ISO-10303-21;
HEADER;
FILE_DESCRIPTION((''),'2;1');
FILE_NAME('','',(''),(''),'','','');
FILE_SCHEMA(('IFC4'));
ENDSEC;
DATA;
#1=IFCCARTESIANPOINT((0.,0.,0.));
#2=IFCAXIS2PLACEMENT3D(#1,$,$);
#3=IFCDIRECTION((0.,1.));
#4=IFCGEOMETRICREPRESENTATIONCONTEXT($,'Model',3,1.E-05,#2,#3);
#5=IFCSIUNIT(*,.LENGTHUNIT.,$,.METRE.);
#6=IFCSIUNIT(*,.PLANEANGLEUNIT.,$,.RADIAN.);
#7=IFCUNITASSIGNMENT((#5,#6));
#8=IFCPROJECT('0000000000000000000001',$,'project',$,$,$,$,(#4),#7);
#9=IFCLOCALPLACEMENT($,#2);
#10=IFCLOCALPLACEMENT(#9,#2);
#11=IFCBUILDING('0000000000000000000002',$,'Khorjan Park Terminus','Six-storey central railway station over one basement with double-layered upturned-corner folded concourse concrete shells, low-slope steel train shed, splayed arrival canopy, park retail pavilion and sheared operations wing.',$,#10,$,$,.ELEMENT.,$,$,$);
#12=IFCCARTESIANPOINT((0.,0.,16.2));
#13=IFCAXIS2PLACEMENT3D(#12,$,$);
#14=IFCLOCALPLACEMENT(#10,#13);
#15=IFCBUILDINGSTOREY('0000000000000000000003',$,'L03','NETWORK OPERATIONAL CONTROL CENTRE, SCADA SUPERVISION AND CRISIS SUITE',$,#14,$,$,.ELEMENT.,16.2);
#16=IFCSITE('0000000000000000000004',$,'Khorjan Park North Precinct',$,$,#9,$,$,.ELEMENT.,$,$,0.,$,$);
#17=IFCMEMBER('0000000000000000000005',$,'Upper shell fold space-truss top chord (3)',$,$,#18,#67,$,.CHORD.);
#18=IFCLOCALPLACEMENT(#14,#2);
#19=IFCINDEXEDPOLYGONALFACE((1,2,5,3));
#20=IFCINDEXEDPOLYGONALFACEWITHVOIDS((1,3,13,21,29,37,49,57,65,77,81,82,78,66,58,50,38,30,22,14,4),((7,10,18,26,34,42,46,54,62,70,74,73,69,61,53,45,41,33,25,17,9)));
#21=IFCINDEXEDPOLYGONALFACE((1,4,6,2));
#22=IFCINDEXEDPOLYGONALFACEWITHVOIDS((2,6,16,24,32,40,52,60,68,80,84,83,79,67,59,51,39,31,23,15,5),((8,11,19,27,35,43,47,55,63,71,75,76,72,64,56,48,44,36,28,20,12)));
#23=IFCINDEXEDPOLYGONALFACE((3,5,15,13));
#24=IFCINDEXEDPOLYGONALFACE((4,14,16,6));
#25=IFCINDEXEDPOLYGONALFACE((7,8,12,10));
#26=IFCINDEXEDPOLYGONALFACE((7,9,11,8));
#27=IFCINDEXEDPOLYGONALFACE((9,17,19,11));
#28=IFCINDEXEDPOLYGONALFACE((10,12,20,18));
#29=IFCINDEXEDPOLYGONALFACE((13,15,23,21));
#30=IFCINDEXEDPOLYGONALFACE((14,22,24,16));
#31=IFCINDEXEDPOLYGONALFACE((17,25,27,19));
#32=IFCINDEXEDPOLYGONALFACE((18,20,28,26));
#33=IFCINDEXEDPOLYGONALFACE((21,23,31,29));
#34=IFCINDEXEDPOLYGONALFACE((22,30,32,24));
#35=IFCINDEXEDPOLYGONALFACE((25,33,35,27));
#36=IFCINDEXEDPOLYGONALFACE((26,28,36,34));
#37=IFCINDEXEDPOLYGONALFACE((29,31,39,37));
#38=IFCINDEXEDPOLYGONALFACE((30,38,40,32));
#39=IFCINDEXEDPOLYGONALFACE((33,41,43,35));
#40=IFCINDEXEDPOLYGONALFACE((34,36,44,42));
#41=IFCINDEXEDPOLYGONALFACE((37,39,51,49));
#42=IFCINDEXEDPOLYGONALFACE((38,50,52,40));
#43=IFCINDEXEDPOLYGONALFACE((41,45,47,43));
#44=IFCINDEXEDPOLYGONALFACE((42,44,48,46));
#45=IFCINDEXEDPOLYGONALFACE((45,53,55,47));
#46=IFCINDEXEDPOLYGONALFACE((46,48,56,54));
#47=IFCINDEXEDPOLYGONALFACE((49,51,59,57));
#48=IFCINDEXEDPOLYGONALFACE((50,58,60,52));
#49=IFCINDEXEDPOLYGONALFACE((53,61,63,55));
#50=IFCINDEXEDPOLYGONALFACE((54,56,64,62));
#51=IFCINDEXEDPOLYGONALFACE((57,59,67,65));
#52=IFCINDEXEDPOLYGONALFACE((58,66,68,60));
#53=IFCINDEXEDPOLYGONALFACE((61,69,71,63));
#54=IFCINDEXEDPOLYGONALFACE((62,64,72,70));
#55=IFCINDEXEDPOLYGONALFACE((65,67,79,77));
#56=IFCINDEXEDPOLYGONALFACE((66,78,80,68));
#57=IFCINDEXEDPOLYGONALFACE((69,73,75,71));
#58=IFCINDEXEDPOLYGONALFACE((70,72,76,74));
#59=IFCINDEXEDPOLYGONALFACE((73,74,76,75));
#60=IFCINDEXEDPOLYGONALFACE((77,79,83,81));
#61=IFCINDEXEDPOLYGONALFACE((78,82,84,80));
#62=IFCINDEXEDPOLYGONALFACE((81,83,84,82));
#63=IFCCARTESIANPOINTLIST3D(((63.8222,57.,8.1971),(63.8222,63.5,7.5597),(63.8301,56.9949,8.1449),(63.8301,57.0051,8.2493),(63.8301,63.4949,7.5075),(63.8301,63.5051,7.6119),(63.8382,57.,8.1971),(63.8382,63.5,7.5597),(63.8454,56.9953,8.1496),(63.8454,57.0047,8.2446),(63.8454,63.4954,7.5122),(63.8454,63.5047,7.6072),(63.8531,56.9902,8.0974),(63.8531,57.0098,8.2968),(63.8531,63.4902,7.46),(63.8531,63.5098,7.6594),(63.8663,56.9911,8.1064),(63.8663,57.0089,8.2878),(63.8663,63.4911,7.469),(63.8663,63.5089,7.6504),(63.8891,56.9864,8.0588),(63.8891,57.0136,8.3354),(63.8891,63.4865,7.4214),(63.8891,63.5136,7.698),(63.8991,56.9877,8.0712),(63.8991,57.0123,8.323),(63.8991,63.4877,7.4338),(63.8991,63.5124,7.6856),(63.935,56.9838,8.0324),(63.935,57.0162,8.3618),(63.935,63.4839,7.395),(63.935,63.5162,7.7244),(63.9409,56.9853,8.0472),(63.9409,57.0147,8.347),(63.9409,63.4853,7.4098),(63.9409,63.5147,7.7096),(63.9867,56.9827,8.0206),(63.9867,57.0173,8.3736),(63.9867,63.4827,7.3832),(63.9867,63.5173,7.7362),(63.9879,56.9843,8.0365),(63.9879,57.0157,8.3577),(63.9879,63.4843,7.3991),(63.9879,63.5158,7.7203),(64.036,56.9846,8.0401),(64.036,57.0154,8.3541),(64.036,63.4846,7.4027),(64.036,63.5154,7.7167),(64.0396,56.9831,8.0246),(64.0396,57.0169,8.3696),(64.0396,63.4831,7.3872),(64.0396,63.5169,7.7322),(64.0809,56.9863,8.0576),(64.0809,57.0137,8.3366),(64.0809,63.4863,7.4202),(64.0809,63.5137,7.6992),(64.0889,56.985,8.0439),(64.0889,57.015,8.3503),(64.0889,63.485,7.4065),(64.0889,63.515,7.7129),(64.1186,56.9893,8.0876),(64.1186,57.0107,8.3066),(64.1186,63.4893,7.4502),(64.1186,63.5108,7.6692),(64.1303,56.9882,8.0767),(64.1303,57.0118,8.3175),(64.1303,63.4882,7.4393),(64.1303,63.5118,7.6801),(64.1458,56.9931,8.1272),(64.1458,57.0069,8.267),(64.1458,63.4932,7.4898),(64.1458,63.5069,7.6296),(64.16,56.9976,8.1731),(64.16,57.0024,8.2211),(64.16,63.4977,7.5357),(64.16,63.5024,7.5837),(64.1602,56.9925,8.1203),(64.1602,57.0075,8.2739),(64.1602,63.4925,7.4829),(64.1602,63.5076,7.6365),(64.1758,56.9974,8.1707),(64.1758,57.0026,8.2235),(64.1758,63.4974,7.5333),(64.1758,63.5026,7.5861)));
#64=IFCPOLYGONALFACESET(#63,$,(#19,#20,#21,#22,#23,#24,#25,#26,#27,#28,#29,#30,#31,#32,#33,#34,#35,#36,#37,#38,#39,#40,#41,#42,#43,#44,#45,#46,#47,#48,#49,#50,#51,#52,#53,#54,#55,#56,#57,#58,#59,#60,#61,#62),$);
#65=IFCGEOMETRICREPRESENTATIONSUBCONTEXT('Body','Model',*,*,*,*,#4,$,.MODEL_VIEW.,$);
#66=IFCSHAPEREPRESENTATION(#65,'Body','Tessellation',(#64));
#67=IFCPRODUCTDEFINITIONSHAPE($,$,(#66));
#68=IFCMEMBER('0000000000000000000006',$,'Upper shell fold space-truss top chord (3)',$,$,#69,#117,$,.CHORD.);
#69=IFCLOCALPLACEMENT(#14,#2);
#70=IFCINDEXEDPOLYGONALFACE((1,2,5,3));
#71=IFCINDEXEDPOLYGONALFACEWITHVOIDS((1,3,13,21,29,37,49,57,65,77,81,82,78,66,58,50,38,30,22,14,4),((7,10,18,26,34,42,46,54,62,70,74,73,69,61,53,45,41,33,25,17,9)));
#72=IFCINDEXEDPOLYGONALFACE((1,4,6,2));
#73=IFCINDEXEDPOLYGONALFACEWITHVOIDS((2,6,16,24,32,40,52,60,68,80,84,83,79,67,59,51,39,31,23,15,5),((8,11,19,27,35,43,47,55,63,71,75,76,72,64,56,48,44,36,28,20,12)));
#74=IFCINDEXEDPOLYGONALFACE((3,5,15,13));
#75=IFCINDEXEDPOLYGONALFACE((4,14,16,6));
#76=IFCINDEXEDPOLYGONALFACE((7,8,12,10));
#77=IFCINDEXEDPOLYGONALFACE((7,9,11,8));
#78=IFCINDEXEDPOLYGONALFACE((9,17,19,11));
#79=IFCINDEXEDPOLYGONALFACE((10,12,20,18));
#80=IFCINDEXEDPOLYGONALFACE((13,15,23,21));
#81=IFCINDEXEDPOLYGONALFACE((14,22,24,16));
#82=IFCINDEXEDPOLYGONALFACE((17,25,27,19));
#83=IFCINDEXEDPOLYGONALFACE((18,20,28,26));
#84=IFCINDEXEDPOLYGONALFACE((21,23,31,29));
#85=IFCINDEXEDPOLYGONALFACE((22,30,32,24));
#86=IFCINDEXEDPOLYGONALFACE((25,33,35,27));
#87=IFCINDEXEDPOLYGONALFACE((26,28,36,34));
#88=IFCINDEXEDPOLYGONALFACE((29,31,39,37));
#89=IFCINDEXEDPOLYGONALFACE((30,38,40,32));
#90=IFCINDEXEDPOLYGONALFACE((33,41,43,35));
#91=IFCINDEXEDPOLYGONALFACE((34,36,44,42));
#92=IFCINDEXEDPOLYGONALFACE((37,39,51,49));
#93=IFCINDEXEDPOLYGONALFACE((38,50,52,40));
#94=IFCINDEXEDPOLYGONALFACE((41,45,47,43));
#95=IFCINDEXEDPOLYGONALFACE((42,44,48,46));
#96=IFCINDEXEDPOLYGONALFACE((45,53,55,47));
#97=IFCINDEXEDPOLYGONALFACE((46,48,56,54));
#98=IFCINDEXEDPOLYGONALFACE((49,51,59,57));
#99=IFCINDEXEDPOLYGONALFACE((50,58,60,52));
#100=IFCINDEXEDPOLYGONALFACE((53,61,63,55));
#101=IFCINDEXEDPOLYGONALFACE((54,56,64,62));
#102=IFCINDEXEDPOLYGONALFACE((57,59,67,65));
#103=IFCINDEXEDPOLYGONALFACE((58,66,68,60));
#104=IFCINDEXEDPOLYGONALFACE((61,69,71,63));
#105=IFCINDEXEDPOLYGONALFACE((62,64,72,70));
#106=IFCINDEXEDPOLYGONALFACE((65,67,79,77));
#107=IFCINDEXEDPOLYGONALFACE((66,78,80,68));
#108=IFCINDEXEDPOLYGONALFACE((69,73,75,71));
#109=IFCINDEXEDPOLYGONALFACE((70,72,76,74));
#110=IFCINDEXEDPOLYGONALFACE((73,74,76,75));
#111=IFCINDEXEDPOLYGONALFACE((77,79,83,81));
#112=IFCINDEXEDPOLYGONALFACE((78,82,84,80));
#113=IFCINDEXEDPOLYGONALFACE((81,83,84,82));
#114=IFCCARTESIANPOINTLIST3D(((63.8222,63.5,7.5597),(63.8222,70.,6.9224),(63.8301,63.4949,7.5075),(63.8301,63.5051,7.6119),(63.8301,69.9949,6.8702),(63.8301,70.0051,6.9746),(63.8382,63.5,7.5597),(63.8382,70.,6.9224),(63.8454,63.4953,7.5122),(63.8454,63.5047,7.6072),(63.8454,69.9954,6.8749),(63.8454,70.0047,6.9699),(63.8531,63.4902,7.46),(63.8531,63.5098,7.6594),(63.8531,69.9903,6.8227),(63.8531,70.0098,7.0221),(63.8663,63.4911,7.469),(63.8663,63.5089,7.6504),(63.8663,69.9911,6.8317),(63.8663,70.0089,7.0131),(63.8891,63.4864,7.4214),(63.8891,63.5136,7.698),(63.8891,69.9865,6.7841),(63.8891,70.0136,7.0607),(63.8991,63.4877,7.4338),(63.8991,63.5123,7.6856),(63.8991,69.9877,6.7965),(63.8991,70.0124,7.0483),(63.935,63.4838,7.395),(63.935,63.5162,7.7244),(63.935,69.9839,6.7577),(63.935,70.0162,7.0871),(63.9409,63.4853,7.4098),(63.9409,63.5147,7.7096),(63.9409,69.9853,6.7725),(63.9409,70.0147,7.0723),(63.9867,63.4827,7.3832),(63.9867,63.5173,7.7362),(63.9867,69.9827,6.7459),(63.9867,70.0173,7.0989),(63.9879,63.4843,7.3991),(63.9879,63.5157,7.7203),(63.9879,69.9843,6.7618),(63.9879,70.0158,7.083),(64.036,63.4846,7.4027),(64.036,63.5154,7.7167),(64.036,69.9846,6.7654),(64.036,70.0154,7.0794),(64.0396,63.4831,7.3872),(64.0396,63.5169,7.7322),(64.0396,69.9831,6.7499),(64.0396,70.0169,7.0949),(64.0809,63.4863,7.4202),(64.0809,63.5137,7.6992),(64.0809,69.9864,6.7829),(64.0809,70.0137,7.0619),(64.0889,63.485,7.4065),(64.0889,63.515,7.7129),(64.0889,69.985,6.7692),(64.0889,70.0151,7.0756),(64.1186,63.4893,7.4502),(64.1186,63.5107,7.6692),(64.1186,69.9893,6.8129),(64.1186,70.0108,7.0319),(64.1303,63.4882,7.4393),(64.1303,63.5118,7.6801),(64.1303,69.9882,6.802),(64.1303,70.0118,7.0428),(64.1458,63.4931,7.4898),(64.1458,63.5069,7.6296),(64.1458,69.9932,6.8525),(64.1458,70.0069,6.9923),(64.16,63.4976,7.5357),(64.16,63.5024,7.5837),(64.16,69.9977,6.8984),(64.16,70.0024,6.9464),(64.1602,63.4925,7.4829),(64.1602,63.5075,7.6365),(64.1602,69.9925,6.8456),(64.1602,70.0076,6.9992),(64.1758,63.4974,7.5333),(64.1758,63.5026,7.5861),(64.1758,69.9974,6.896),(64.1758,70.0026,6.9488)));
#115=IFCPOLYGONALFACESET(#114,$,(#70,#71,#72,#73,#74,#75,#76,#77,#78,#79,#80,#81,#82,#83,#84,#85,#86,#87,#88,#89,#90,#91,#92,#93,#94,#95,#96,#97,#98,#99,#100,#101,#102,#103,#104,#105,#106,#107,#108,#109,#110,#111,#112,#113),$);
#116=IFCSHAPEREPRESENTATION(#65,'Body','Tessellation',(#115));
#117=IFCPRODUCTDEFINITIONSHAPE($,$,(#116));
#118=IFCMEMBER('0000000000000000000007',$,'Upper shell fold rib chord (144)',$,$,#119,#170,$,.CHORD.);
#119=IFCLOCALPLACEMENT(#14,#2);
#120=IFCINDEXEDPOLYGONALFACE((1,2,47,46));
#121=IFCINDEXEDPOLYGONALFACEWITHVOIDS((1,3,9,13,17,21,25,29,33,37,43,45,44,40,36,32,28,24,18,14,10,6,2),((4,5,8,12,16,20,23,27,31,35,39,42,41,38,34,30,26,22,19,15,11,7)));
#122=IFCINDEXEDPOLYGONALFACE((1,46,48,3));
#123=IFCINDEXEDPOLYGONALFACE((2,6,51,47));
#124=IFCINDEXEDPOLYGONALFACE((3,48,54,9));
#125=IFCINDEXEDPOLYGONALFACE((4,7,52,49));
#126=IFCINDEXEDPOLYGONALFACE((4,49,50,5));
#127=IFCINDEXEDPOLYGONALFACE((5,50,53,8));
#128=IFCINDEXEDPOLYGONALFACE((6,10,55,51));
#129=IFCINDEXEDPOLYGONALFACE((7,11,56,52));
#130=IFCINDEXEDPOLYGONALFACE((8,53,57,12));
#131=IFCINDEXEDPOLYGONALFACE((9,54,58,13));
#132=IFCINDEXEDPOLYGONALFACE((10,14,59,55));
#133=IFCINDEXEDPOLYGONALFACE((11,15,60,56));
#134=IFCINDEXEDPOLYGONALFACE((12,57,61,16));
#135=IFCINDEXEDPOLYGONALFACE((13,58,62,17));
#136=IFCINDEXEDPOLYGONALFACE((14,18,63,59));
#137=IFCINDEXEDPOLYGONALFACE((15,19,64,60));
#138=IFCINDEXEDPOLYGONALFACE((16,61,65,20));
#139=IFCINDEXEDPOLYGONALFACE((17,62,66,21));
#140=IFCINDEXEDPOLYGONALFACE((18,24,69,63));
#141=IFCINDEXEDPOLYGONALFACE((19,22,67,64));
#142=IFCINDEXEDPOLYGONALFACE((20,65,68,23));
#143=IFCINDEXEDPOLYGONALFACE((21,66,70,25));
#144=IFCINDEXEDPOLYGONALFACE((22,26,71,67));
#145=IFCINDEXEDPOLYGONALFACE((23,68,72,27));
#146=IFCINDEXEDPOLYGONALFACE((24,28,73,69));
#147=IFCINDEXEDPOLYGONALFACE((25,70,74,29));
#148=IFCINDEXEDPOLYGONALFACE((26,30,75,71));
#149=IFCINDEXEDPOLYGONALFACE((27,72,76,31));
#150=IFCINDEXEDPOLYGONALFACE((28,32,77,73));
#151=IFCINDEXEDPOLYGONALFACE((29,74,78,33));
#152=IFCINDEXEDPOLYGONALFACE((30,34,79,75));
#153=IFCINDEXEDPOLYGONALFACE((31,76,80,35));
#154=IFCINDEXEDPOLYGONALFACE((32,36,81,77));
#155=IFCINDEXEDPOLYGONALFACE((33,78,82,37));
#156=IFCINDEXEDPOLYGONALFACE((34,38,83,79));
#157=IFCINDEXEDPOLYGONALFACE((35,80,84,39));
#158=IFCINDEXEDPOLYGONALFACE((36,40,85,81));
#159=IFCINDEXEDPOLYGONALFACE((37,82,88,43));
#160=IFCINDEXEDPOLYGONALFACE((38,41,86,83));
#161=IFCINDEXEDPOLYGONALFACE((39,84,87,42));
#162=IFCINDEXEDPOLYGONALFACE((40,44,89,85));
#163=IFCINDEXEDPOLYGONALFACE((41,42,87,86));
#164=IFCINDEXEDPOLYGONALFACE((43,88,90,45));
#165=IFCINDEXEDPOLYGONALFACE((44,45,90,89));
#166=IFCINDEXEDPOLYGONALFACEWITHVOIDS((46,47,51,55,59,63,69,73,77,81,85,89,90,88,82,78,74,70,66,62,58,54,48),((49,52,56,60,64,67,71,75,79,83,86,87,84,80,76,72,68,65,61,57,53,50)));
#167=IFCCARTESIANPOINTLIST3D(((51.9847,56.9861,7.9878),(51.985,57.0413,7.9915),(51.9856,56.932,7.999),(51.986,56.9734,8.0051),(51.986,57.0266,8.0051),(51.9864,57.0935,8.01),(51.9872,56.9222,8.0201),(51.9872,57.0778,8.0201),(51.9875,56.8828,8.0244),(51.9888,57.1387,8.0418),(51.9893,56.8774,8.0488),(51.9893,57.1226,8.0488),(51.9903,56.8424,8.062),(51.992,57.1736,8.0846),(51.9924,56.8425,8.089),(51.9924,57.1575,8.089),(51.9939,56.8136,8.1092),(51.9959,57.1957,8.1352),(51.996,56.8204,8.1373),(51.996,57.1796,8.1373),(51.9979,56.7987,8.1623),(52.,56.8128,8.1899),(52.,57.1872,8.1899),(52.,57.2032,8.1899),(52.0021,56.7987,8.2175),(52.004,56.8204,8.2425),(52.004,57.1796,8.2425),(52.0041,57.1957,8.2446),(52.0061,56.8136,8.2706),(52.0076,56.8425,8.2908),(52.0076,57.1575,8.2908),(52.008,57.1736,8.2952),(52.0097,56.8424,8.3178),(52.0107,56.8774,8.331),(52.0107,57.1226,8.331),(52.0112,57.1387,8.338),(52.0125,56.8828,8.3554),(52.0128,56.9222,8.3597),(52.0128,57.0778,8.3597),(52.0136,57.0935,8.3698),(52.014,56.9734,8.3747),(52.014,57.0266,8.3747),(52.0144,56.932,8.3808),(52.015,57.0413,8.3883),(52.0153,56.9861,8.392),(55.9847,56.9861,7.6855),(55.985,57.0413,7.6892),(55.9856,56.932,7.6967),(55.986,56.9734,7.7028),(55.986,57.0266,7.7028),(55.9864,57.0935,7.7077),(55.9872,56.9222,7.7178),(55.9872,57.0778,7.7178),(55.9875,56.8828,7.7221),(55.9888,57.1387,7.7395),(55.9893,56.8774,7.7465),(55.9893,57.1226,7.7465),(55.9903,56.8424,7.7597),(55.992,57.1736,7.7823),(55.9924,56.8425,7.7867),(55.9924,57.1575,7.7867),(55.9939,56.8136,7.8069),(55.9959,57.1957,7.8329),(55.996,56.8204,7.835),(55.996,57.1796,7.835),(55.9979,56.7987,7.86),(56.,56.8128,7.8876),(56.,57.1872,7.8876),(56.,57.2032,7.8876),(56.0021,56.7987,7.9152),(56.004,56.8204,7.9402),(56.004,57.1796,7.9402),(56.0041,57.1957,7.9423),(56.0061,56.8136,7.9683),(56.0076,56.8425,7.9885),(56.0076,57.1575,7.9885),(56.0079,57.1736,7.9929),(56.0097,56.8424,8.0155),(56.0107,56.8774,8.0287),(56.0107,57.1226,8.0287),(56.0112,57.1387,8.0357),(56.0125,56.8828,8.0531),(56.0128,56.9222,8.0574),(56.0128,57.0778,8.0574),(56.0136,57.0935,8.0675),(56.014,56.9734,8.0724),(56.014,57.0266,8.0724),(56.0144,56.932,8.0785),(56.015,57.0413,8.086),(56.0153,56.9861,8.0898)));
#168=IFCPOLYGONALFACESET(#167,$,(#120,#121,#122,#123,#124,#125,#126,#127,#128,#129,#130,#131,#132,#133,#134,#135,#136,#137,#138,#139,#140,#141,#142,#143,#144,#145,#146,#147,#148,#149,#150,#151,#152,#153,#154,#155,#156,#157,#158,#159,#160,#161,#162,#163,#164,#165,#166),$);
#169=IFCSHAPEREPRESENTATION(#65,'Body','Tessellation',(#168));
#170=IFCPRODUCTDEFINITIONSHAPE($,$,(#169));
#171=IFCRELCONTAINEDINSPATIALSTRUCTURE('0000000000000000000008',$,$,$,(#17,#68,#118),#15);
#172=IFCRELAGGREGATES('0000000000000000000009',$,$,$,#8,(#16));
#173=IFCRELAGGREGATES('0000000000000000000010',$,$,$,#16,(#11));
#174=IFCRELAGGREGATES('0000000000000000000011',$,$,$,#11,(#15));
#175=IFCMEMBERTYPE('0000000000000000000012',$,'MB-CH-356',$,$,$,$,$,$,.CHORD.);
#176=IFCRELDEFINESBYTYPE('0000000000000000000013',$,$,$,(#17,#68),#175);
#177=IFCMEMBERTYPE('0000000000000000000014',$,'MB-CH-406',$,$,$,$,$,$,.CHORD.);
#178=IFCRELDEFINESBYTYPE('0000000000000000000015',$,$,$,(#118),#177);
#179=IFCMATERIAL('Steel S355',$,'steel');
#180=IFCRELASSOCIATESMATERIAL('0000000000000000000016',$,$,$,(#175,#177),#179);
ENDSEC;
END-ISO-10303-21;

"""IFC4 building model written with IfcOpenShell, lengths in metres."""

from ifc_helpers import new_model, si_unit, direction, frame, origin, origin_2d, place, context, subcontext, project, spatial, hollow_circle, extrude, material, material_profile, profile_set, type_object, element, save


model = new_model("IFC4")

# Units and contexts
model_context = context("Model", 3, precision=1e-05, world=origin(), true_north=direction((0.0, 1.0)))
body_context = subcontext(model_context, "Body", "Model", "MODEL_VIEW")
ifc_project = project(units=[si_unit("LENGTHUNIT", "METRE"), si_unit("PLANEANGLEUNIT", "RADIAN")], contexts=[model_context])

# Site, building, storey
site_placement = place(None, origin())
site = spatial("IfcSite", under=ifc_project, at=site_placement, Name="Khorjan Park North Precinct", CompositionType="ELEMENT", RefElevation=0.0)
building_placement = place(site_placement, origin())
building = spatial("IfcBuilding", under=site, at=building_placement, Name="Khorjan Park Terminus", Description="Six-storey central railway station over one basement with double-layered upturned-corner folded concourse concrete shells, low-slope steel train shed, splayed arrival canopy, park retail pavilion and sheared operations wing.", CompositionType="ELEMENT")
storey_placement = place(building_placement, frame((0.0, 0.0, 16.2)))
storey = spatial("IfcBuildingStorey", under=building, at=storey_placement, Name="L03", Description="NETWORK OPERATIONAL CONTROL CENTRE, SCADA SUPERVISION AND CRISIS SUITE", CompositionType="ELEMENT", Elevation=16.2)

# Members
ifc_material = material(Name="Steel S355", Category="steel")
ifc_material_profile_1 = material_profile(ifc_material, hollow_circle(Radius=0.1778, WallThickness=0.016, at=origin_2d()), Name="CHS 355.6x16")
ifc_profile_set_1 = profile_set([ifc_material_profile_1], Name="Steel S355")
member_type_1 = type_object("IfcMemberType", Name="MB-CH-356", PredefinedType="CHORD", material=ifc_profile_set_1)
for number, where, z_axis, x_axis, name in (
    (1, (64.0, 57.0, 8.1971), (0.0, 0.995226, -0.097593), (-1.0, 0.0, 0.0), "Upper shell fold space-truss top chord (3)"),
    (2, (64.0, 63.5, 7.5597), (0.0, 0.995228, -0.097578), (-1.0, 0.0, 0.0), "Upper shell fold space-truss top chord (3)"),
):
    element("IfcMember", number, at=place(storey_placement, frame(where, z_axis=z_axis, x_axis=x_axis)), inside=storey, type_object=member_type_1, Name=name, PredefinedType="CHORD", context=body_context, shape_type="SweptSolid", body=[
        extrude(hollow_circle(Radius=0.1778, WallThickness=0.016, at=origin_2d()), origin(), (0.0, 0.0, 1.0), 6.5312),
    ])
ifc_material_profile_2 = material_profile(ifc_material, hollow_circle(Radius=0.2032, WallThickness=0.016, at=origin_2d()), Name="CHS 406.4x16")
ifc_profile_set_2 = profile_set([ifc_material_profile_2], Name="Steel S355")
member_type_2 = type_object("IfcMemberType", Name="MB-CH-406", PredefinedType="CHORD", material=ifc_profile_set_2)
member_1_placement = place(storey_placement, frame((52.0, 57.0, 8.1899), z_axis=(0.997156, 0.0, -0.07536), x_axis=(0.0, 1.0, 0.0)))
element("IfcMember", 3, at=member_1_placement, inside=storey, type_object=member_type_2, Name="Upper shell fold rib chord (144)", PredefinedType="CHORD", context=body_context, shape_type="SweptSolid", body=[
    extrude(hollow_circle(Radius=0.2032, WallThickness=0.016, at=origin_2d()), origin(), (0.0, 0.0, 1.0), 4.0114),
])

save(model, "model.ifc")
